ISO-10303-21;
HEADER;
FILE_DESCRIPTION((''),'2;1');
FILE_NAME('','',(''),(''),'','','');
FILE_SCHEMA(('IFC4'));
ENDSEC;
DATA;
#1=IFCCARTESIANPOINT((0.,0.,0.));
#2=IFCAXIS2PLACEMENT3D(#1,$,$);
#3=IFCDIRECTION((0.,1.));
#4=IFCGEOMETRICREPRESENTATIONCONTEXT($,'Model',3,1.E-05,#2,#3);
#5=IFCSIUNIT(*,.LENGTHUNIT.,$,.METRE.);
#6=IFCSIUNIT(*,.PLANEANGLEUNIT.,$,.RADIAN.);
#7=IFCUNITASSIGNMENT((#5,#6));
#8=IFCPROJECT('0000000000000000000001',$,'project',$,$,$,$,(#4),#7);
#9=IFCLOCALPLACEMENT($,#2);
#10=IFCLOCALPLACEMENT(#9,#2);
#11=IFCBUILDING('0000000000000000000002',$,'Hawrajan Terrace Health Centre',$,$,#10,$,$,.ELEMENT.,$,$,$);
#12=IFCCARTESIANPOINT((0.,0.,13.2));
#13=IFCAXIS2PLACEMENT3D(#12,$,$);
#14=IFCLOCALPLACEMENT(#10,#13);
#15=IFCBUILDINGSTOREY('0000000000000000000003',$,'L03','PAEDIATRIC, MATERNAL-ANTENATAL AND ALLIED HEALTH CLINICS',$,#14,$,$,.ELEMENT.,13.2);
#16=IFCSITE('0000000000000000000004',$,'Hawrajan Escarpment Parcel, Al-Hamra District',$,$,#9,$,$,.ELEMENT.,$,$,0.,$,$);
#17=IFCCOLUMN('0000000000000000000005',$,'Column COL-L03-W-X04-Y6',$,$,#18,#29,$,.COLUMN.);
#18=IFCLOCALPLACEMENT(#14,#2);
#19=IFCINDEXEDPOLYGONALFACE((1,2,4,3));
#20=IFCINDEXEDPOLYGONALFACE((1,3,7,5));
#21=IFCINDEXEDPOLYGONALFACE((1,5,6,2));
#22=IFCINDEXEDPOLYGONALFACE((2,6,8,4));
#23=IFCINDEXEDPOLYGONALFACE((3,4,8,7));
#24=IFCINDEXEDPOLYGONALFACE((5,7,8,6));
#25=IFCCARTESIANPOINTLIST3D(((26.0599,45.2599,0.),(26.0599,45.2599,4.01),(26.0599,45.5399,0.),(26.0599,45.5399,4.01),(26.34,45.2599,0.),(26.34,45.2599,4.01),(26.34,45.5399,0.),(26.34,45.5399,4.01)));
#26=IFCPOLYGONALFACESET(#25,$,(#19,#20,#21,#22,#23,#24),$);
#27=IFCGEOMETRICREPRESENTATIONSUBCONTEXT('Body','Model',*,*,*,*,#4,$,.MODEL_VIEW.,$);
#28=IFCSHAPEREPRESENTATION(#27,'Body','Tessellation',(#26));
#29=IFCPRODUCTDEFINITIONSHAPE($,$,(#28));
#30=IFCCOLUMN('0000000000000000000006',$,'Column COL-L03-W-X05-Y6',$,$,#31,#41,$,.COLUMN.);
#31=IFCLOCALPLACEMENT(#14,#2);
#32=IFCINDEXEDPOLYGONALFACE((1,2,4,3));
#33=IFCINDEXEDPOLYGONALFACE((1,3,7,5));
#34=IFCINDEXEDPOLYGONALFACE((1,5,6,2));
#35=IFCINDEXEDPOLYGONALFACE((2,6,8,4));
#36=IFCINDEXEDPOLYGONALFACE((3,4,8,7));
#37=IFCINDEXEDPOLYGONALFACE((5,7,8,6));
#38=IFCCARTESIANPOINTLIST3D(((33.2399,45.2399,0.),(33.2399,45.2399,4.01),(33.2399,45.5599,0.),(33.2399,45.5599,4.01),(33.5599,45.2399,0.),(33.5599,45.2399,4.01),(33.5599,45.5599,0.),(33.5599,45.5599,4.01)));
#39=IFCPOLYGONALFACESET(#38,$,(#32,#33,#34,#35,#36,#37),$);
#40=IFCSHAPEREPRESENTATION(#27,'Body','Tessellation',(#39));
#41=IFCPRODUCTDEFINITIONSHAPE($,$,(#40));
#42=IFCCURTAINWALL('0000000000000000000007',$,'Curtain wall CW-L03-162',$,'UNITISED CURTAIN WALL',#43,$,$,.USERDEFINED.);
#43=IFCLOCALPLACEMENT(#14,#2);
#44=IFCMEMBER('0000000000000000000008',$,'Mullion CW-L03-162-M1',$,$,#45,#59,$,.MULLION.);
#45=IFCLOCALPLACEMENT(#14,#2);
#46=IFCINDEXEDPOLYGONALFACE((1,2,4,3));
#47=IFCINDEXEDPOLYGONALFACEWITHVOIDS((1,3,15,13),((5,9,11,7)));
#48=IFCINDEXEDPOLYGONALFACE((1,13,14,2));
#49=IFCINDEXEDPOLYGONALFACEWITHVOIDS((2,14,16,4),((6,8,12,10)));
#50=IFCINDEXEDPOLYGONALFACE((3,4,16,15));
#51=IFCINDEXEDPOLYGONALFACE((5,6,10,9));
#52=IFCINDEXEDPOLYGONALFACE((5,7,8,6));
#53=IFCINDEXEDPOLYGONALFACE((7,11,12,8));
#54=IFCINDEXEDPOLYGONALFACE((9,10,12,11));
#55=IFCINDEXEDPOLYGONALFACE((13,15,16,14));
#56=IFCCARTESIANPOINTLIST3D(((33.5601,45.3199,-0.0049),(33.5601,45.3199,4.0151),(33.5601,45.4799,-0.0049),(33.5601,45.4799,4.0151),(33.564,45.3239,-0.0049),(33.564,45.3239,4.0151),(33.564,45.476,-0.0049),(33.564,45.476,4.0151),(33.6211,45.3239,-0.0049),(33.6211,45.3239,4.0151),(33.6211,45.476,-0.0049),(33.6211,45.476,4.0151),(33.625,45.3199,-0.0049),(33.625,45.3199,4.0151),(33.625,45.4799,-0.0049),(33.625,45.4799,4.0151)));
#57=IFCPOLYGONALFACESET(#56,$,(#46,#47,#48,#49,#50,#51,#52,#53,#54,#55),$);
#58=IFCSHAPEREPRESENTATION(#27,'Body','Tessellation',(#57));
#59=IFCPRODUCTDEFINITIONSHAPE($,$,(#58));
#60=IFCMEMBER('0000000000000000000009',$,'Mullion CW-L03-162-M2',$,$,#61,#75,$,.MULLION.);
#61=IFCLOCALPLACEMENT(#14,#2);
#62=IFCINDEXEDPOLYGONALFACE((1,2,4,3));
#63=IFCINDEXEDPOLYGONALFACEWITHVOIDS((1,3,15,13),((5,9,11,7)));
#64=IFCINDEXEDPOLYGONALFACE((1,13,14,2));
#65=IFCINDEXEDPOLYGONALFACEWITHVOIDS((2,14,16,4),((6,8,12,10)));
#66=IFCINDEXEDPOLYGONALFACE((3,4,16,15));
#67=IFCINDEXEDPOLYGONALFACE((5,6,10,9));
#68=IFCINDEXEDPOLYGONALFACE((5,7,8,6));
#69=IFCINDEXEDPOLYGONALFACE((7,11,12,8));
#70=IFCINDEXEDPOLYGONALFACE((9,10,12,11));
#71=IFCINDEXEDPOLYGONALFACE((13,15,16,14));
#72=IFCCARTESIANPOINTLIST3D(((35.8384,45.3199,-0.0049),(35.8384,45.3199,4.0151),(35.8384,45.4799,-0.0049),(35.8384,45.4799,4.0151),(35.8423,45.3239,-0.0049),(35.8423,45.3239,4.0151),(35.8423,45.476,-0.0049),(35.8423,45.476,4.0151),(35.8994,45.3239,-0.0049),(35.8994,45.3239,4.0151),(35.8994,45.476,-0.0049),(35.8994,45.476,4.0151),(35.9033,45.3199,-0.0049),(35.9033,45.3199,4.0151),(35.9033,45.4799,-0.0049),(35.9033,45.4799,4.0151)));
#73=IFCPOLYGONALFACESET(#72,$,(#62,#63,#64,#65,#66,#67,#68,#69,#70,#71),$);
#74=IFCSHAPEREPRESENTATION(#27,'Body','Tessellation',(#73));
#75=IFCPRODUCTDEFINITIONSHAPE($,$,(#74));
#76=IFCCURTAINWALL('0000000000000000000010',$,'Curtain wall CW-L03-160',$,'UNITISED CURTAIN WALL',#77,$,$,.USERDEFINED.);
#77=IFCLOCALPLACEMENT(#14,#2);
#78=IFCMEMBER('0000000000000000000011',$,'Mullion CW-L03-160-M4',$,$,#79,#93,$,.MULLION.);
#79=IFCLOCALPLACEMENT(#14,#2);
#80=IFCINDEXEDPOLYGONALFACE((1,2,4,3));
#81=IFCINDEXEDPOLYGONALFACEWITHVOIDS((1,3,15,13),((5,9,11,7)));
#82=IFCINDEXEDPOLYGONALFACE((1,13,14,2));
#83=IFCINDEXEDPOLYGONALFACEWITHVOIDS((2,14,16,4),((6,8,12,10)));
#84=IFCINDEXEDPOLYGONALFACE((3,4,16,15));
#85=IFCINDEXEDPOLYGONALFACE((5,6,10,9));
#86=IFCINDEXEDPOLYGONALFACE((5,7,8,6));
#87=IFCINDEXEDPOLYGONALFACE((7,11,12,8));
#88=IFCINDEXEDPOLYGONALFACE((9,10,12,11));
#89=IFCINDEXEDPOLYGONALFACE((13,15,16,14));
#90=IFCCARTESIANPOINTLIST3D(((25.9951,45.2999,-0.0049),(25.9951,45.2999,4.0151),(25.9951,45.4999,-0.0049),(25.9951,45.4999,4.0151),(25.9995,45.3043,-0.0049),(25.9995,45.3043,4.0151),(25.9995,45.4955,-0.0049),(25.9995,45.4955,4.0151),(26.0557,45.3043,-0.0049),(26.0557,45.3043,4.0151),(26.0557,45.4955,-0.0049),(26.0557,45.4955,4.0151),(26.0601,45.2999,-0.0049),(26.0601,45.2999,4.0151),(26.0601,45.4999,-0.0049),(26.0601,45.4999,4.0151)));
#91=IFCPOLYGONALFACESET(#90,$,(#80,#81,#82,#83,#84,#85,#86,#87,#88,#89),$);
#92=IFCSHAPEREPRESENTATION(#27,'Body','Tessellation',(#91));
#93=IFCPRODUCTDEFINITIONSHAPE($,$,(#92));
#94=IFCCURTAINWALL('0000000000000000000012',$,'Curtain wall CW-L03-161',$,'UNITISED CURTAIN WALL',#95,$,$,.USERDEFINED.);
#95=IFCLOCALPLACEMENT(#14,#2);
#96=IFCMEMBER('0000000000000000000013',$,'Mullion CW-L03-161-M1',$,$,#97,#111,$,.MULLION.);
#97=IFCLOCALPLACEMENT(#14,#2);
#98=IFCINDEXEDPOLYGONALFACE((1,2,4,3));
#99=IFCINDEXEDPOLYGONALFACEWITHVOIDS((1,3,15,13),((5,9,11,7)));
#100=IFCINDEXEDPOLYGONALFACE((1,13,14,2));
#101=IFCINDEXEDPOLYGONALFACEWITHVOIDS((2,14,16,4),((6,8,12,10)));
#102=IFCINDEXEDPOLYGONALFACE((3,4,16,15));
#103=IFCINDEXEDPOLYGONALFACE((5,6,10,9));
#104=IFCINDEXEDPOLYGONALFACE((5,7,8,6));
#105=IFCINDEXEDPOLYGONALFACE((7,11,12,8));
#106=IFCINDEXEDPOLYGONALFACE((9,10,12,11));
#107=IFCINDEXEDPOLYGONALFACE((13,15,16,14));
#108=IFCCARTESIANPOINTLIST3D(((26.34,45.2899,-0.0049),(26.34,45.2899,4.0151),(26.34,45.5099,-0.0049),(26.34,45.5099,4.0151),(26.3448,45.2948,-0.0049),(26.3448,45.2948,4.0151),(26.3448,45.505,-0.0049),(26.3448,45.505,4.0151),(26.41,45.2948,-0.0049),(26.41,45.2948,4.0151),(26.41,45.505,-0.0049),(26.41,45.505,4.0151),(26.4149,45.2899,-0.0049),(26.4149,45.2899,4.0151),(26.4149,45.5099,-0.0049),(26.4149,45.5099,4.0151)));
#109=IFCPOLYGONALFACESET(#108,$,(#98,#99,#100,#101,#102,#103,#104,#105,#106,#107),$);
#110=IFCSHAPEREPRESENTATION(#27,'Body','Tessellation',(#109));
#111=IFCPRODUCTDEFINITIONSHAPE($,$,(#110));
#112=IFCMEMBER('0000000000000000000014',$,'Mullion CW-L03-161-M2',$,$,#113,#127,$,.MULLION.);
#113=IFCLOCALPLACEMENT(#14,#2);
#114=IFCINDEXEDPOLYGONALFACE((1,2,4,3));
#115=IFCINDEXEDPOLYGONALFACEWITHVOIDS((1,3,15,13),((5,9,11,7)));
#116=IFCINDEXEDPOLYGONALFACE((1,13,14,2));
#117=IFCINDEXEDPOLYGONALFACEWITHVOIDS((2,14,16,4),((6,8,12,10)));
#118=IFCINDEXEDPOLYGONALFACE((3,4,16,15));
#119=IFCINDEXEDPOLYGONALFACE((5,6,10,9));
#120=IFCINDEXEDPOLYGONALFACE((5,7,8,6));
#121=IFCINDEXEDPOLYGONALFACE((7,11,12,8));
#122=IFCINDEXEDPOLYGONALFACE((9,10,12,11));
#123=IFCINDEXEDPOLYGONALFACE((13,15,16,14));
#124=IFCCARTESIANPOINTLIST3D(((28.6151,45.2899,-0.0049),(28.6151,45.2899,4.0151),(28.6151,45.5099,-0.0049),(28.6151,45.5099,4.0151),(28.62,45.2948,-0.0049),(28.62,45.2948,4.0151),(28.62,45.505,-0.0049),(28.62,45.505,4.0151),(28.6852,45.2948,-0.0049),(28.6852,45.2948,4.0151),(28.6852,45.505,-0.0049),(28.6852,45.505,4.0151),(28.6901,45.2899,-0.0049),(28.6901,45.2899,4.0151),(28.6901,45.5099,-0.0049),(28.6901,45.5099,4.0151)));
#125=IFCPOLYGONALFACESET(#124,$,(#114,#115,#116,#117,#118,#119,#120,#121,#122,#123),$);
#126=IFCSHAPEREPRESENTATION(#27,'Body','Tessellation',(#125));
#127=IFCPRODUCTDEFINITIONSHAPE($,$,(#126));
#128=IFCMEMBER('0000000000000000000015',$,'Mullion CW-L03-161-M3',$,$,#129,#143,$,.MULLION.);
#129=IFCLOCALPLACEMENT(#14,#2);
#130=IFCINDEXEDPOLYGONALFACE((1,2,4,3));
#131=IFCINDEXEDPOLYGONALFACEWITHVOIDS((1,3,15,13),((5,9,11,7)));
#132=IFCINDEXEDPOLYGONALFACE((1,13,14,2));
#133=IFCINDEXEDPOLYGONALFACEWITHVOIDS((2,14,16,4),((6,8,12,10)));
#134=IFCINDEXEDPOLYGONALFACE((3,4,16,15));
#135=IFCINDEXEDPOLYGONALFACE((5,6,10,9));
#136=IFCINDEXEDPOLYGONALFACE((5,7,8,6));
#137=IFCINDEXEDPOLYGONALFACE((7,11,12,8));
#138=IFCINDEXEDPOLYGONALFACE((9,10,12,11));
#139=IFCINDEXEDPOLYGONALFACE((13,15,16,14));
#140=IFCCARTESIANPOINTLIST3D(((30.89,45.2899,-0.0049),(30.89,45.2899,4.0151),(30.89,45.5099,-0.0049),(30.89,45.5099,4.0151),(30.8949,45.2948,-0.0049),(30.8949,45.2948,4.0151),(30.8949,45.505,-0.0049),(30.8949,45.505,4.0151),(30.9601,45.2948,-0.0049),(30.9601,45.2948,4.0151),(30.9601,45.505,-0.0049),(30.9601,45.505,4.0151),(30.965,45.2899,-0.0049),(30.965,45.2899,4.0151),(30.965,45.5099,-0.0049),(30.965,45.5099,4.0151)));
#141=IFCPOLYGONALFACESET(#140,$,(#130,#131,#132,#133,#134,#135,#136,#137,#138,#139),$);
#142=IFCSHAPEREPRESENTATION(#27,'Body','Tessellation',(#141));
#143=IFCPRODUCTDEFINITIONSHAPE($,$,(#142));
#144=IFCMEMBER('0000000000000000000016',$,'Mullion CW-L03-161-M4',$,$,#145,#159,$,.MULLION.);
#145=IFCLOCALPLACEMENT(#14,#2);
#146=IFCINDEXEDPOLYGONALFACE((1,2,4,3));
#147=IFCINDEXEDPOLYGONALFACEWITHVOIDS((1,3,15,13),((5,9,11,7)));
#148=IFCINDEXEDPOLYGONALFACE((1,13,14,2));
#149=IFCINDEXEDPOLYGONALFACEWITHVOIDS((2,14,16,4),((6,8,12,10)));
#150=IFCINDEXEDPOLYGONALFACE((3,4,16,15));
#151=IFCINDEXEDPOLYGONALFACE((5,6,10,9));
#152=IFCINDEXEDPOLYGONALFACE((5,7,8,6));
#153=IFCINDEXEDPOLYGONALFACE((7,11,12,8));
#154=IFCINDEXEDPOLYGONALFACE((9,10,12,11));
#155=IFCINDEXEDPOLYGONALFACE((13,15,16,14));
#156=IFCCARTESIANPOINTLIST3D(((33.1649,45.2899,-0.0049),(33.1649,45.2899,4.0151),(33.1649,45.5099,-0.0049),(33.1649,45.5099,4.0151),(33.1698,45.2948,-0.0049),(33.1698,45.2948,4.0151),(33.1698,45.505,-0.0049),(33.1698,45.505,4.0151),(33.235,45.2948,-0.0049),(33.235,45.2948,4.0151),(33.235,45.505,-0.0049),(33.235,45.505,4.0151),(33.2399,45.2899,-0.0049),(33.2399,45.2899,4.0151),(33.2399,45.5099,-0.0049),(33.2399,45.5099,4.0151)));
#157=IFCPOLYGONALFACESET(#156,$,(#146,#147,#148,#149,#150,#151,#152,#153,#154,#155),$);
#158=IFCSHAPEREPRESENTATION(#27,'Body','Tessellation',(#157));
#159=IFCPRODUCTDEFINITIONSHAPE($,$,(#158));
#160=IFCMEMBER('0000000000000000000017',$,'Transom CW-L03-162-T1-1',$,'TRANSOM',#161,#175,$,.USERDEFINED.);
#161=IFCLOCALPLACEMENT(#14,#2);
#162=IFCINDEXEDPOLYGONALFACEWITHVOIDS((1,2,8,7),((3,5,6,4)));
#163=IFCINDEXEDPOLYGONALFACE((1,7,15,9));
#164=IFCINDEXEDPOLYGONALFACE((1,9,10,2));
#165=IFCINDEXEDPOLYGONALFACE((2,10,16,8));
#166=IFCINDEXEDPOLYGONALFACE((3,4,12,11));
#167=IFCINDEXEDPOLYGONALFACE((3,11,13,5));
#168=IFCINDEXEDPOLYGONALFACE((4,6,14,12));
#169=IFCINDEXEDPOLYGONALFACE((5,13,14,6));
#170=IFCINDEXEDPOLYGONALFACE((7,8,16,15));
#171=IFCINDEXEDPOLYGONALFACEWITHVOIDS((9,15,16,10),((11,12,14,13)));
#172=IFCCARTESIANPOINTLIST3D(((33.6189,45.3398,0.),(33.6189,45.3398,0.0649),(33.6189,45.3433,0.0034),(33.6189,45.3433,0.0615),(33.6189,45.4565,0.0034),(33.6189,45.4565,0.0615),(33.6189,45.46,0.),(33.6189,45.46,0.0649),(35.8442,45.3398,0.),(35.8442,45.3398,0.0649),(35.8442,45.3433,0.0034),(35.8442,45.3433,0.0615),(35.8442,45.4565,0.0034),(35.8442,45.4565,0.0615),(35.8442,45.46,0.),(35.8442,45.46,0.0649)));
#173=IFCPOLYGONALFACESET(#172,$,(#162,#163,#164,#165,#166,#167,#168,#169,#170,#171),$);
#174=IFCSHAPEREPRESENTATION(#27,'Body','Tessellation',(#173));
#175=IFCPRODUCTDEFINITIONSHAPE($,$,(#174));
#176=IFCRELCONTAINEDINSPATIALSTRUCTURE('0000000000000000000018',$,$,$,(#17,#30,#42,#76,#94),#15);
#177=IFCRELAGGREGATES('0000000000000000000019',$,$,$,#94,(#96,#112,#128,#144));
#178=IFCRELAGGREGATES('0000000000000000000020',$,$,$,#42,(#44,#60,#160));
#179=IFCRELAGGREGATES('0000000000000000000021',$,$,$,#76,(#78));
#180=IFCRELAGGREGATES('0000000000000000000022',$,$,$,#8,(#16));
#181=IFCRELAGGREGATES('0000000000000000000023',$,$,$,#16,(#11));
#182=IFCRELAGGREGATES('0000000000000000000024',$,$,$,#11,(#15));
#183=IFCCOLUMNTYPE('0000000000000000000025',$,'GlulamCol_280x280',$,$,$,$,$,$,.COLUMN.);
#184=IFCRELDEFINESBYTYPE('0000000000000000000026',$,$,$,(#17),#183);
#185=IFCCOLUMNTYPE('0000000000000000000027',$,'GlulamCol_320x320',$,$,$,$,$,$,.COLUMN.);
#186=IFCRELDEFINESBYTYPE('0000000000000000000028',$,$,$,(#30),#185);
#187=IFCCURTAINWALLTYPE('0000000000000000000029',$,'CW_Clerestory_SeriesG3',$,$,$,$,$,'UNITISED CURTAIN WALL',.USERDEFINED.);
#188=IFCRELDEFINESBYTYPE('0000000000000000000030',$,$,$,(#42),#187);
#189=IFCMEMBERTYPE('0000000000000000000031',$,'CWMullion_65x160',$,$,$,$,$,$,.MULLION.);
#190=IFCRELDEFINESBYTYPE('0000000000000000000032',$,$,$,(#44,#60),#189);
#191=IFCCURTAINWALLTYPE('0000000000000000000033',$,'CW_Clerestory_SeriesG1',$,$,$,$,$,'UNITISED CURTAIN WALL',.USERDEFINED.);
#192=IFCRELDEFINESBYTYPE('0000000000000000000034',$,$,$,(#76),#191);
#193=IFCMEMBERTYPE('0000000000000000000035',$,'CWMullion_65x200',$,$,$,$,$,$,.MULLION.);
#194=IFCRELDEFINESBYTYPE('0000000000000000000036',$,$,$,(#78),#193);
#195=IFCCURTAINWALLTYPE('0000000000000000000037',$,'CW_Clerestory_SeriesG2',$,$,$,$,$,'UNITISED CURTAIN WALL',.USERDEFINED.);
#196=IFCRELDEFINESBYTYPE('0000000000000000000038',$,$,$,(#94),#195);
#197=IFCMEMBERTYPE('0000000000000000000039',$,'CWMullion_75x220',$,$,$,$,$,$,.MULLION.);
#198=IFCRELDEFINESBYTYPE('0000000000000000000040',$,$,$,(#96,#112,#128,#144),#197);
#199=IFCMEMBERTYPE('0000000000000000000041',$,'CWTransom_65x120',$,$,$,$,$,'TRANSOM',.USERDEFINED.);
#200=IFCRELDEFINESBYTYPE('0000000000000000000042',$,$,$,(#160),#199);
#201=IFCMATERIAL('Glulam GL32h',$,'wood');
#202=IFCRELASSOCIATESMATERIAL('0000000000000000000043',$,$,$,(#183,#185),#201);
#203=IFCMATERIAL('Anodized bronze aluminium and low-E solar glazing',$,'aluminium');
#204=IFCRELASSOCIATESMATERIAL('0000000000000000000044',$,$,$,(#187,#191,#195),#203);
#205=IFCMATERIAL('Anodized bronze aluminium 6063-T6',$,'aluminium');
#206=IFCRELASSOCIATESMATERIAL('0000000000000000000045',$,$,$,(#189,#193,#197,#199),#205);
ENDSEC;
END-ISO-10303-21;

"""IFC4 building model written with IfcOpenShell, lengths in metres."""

from ifc_helpers import new_model, si_unit, direction, frame, origin, origin_2d, place, context, subcontext, project, spatial, rectangle, hollow_rectangle, extrude, material, material_profile, profile_set, type_object, element, aggregate, save


model = new_model("IFC4")

# Units and contexts
model_context = context("Model", 3, precision=1e-05, world=origin(), true_north=direction((0.0, 1.0)))
body_context = subcontext(model_context, "Body", "Model", "MODEL_VIEW")
ifc_project = project(units=[si_unit("LENGTHUNIT", "METRE"), si_unit("PLANEANGLEUNIT", "RADIAN")], contexts=[model_context])

# Site, building, storey
site_placement = place(None, origin())
site = spatial("IfcSite", under=ifc_project, at=site_placement, Name="Hawrajan Escarpment Parcel, Al-Hamra District", CompositionType="ELEMENT", RefElevation=0.0)
building_placement = place(site_placement, origin())
building = spatial("IfcBuilding", under=site, at=building_placement, Name="Hawrajan Terrace Health Centre", CompositionType="ELEMENT")
storey_placement = place(building_placement, frame((0.0, 0.0, 13.2)))
storey = spatial("IfcBuildingStorey", under=building, at=storey_placement, Name="L03", Description="PAEDIATRIC, MATERNAL-ANTENATAL AND ALLIED HEALTH CLINICS", CompositionType="ELEMENT", Elevation=13.2)

# Columns
ifc_material_1 = material(Name="Glulam GL32h", Category="wood")
ifc_material_profile_1 = material_profile(ifc_material_1, rectangle(XDim=0.28, YDim=0.28, at=origin_2d()), Name="GL 280x280")
ifc_profile_set_1 = profile_set([ifc_material_profile_1], Name="Glulam GL32h")
column_type_1 = type_object("IfcColumnType", Name="GlulamCol_280x280", PredefinedType="COLUMN", material=ifc_profile_set_1)
column_1_placement = place(storey_placement, frame((26.2, 45.3999, 0.0), z_axis=(0.0, 0.0, 1.0), x_axis=(1.0, 0.0, 0.0)))
element("IfcColumn", 1, at=column_1_placement, inside=storey, type_object=column_type_1, Name="Column COL-L03-W-X04-Y6", PredefinedType="COLUMN", context=body_context, shape_type="SweptSolid", body=[
    extrude(rectangle(XDim=0.28, YDim=0.28, at=origin_2d()), origin(), (0.0, 0.0, 1.0), 4.01),
])
ifc_material_profile_2 = material_profile(ifc_material_1, rectangle(XDim=0.3201, YDim=0.3201, at=origin_2d()), Name="GL 320x320")
ifc_profile_set_2 = profile_set([ifc_material_profile_2], Name="Glulam GL32h")
column_type_2 = type_object("IfcColumnType", Name="GlulamCol_320x320", PredefinedType="COLUMN", material=ifc_profile_set_2)
column_2_placement = place(storey_placement, frame((33.3999, 45.3999, 0.0), z_axis=(0.0, 0.0, 1.0), x_axis=(1.0, 0.0, 0.0)))
element("IfcColumn", 2, at=column_2_placement, inside=storey, type_object=column_type_2, Name="Column COL-L03-W-X05-Y6", PredefinedType="COLUMN", context=body_context, shape_type="SweptSolid", body=[
    extrude(rectangle(XDim=0.3201, YDim=0.3201, at=origin_2d()), origin(), (0.0, 0.0, 1.0), 4.01),
])

# Curtain wall, members
ifc_material_2 = material(Name="Anodized bronze aluminium and low-E solar glazing", Category="aluminium")
curtain_wall_type_1 = type_object("IfcCurtainWallType", Name="CW_Clerestory_SeriesG3", ElementType="UNITISED CURTAIN WALL", PredefinedType="USERDEFINED", material=ifc_material_2)
curtain_wall_1_placement = place(storey_placement, origin())
curtain_wall_1 = element("IfcCurtainWall", 3, at=curtain_wall_1_placement, inside=storey, type_object=curtain_wall_type_1, Name="Curtain wall CW-L03-162", ObjectType="UNITISED CURTAIN WALL", PredefinedType="USERDEFINED")
ifc_material_3 = material(Name="Anodized bronze aluminium 6063-T6", Category="aluminium")
ifc_material_profile_3 = material_profile(ifc_material_3, hollow_rectangle(XDim=0.0649, YDim=0.1599, WallThickness=0.0039, at=origin_2d()), Name="CW MUL 65x160")
ifc_profile_set_3 = profile_set([ifc_material_profile_3], Name="Anodized bronze aluminium 6063-T6")
member_type_1 = type_object("IfcMemberType", Name="CWMullion_65x160", PredefinedType="MULLION", material=ifc_profile_set_3)
member_1_placement = place(storey_placement, frame((33.5925, 45.3999, -0.0049), z_axis=(0.0, 0.0, 1.0), x_axis=(1.0, 0.0, 0.0)))
member_1 = element("IfcMember", 4, at=member_1_placement, type_object=member_type_1, Name="Mullion CW-L03-162-M1", PredefinedType="MULLION", context=body_context, shape_type="SweptSolid", body=[
    extrude(hollow_rectangle(XDim=0.0649, YDim=0.1599, WallThickness=0.0039, at=origin_2d()), origin(), (0.0, 0.0, 1.0), 4.02),
])
member_2_placement = place(storey_placement, frame((35.8708, 45.3999, -0.0049), z_axis=(0.0, 0.0, 1.0), x_axis=(1.0, 0.0, 0.0)))
member_2 = element("IfcMember", 5, at=member_2_placement, type_object=member_type_1, Name="Mullion CW-L03-162-M2", PredefinedType="MULLION", context=body_context, shape_type="SweptSolid", body=[
    extrude(hollow_rectangle(XDim=0.0649, YDim=0.1599, WallThickness=0.0039, at=origin_2d()), origin(), (0.0, 0.0, 1.0), 4.02),
])

# Curtain wall, member
curtain_wall_type_2 = type_object("IfcCurtainWallType", Name="CW_Clerestory_SeriesG1", ElementType="UNITISED CURTAIN WALL", PredefinedType="USERDEFINED", material=ifc_material_2)
curtain_wall_2_placement = place(storey_placement, origin())
curtain_wall_2 = element("IfcCurtainWall", 6, at=curtain_wall_2_placement, inside=storey, type_object=curtain_wall_type_2, Name="Curtain wall CW-L03-160", ObjectType="UNITISED CURTAIN WALL", PredefinedType="USERDEFINED")
ifc_material_profile_4 = material_profile(ifc_material_3, hollow_rectangle(XDim=0.0649, YDim=0.2, WallThickness=0.0044, at=origin_2d()), Name="CW MUL 65x200")
ifc_profile_set_4 = profile_set([ifc_material_profile_4], Name="Anodized bronze aluminium 6063-T6")
member_type_2 = type_object("IfcMemberType", Name="CWMullion_65x200", PredefinedType="MULLION", material=ifc_profile_set_4)
member_3_placement = place(storey_placement, frame((26.0276, 45.3999, -0.0049), z_axis=(0.0, 0.0, 1.0), x_axis=(1.0, 0.0, 0.0)))
member_3 = element("IfcMember", 7, at=member_3_placement, type_object=member_type_2, Name="Mullion CW-L03-160-M4", PredefinedType="MULLION", context=body_context, shape_type="SweptSolid", body=[
    extrude(hollow_rectangle(XDim=0.0649, YDim=0.2, WallThickness=0.0044, at=origin_2d()), origin(), (0.0, 0.0, 1.0), 4.02),
])

# Curtain wall, members
curtain_wall_type_3 = type_object("IfcCurtainWallType", Name="CW_Clerestory_SeriesG2", ElementType="UNITISED CURTAIN WALL", PredefinedType="USERDEFINED", material=ifc_material_2)
curtain_wall_3_placement = place(storey_placement, origin())
curtain_wall_3 = element("IfcCurtainWall", 8, at=curtain_wall_3_placement, inside=storey, type_object=curtain_wall_type_3, Name="Curtain wall CW-L03-161", ObjectType="UNITISED CURTAIN WALL", PredefinedType="USERDEFINED")
ifc_material_profile_5 = material_profile(ifc_material_3, hollow_rectangle(XDim=0.075, YDim=0.22, WallThickness=0.0049, at=origin_2d()), Name="CW MUL 75x220")
ifc_profile_set_5 = profile_set([ifc_material_profile_5], Name="Anodized bronze aluminium 6063-T6")
member_type_3 = type_object("IfcMemberType", Name="CWMullion_75x220", PredefinedType="MULLION", material=ifc_profile_set_5)
member_4_placement = place(storey_placement, frame((26.3774, 45.3999, -0.0049), z_axis=(0.0, 0.0, 1.0), x_axis=(1.0, 0.0, 0.0)))
member_4 = element("IfcMember", 9, at=member_4_placement, type_object=member_type_3, Name="Mullion CW-L03-161-M1", PredefinedType="MULLION", context=body_context, shape_type="SweptSolid", body=[
    extrude(hollow_rectangle(XDim=0.075, YDim=0.22, WallThickness=0.0049, at=origin_2d()), origin(), (0.0, 0.0, 1.0), 4.02),
])
member_5_placement = place(storey_placement, frame((28.6526, 45.3999, -0.0049), z_axis=(0.0, 0.0, 1.0), x_axis=(1.0, 0.0, 0.0)))
member_5 = element("IfcMember", 10, at=member_5_placement, type_object=member_type_3, Name="Mullion CW-L03-161-M2", PredefinedType="MULLION", context=body_context, shape_type="SweptSolid", body=[
    extrude(hollow_rectangle(XDim=0.075, YDim=0.22, WallThickness=0.0049, at=origin_2d()), origin(), (0.0, 0.0, 1.0), 4.02),
])
member_6_placement = place(storey_placement, frame((30.9275, 45.3999, -0.0049), z_axis=(0.0, 0.0, 1.0), x_axis=(1.0, 0.0, 0.0)))
member_6 = element("IfcMember", 11, at=member_6_placement, type_object=member_type_3, Name="Mullion CW-L03-161-M3", PredefinedType="MULLION", context=body_context, shape_type="SweptSolid", body=[
    extrude(hollow_rectangle(XDim=0.075, YDim=0.22, WallThickness=0.0049, at=origin_2d()), origin(), (0.0, 0.0, 1.0), 4.02),
])
member_7_placement = place(storey_placement, frame((33.2024, 45.3999, -0.0049), z_axis=(0.0, 0.0, 1.0), x_axis=(1.0, 0.0, 0.0)))
member_7 = element("IfcMember", 12, at=member_7_placement, type_object=member_type_3, Name="Mullion CW-L03-161-M4", PredefinedType="MULLION", context=body_context, shape_type="SweptSolid", body=[
    extrude(hollow_rectangle(XDim=0.075, YDim=0.22, WallThickness=0.0049, at=origin_2d()), origin(), (0.0, 0.0, 1.0), 4.02),
])

# Member
ifc_material_profile_6 = material_profile(ifc_material_3, hollow_rectangle(XDim=0.0649, YDim=0.1201, WallThickness=0.0034, at=origin_2d()), Name="CW TRN 65x120")
ifc_profile_set_6 = profile_set([ifc_material_profile_6], Name="Anodized bronze aluminium 6063-T6")
member_type_4 = type_object("IfcMemberType", Name="CWTransom_65x120", ElementType="TRANSOM", PredefinedType="USERDEFINED", material=ifc_profile_set_6)
member_8_placement = place(storey_placement, frame((33.6189, 45.3999, 0.0325), z_axis=(1.0, 0.0, 0.0), x_axis=(0.0, 0.0, 1.0)))
member_8 = element("IfcMember", 13, at=member_8_placement, type_object=member_type_4, Name="Transom CW-L03-162-T1-1", ObjectType="TRANSOM", PredefinedType="USERDEFINED", context=body_context, shape_type="SweptSolid", body=[
    extrude(hollow_rectangle(XDim=0.0649, YDim=0.1201, WallThickness=0.0034, at=origin_2d()), origin(), (0.0, 0.0, 1.0), 2.2253),
])

aggregate(curtain_wall_3, [member_4, member_5, member_6, member_7])
aggregate(curtain_wall_1, [member_1, member_2, member_8])
aggregate(curtain_wall_2, [member_3])

save(model, "model.ifc")
